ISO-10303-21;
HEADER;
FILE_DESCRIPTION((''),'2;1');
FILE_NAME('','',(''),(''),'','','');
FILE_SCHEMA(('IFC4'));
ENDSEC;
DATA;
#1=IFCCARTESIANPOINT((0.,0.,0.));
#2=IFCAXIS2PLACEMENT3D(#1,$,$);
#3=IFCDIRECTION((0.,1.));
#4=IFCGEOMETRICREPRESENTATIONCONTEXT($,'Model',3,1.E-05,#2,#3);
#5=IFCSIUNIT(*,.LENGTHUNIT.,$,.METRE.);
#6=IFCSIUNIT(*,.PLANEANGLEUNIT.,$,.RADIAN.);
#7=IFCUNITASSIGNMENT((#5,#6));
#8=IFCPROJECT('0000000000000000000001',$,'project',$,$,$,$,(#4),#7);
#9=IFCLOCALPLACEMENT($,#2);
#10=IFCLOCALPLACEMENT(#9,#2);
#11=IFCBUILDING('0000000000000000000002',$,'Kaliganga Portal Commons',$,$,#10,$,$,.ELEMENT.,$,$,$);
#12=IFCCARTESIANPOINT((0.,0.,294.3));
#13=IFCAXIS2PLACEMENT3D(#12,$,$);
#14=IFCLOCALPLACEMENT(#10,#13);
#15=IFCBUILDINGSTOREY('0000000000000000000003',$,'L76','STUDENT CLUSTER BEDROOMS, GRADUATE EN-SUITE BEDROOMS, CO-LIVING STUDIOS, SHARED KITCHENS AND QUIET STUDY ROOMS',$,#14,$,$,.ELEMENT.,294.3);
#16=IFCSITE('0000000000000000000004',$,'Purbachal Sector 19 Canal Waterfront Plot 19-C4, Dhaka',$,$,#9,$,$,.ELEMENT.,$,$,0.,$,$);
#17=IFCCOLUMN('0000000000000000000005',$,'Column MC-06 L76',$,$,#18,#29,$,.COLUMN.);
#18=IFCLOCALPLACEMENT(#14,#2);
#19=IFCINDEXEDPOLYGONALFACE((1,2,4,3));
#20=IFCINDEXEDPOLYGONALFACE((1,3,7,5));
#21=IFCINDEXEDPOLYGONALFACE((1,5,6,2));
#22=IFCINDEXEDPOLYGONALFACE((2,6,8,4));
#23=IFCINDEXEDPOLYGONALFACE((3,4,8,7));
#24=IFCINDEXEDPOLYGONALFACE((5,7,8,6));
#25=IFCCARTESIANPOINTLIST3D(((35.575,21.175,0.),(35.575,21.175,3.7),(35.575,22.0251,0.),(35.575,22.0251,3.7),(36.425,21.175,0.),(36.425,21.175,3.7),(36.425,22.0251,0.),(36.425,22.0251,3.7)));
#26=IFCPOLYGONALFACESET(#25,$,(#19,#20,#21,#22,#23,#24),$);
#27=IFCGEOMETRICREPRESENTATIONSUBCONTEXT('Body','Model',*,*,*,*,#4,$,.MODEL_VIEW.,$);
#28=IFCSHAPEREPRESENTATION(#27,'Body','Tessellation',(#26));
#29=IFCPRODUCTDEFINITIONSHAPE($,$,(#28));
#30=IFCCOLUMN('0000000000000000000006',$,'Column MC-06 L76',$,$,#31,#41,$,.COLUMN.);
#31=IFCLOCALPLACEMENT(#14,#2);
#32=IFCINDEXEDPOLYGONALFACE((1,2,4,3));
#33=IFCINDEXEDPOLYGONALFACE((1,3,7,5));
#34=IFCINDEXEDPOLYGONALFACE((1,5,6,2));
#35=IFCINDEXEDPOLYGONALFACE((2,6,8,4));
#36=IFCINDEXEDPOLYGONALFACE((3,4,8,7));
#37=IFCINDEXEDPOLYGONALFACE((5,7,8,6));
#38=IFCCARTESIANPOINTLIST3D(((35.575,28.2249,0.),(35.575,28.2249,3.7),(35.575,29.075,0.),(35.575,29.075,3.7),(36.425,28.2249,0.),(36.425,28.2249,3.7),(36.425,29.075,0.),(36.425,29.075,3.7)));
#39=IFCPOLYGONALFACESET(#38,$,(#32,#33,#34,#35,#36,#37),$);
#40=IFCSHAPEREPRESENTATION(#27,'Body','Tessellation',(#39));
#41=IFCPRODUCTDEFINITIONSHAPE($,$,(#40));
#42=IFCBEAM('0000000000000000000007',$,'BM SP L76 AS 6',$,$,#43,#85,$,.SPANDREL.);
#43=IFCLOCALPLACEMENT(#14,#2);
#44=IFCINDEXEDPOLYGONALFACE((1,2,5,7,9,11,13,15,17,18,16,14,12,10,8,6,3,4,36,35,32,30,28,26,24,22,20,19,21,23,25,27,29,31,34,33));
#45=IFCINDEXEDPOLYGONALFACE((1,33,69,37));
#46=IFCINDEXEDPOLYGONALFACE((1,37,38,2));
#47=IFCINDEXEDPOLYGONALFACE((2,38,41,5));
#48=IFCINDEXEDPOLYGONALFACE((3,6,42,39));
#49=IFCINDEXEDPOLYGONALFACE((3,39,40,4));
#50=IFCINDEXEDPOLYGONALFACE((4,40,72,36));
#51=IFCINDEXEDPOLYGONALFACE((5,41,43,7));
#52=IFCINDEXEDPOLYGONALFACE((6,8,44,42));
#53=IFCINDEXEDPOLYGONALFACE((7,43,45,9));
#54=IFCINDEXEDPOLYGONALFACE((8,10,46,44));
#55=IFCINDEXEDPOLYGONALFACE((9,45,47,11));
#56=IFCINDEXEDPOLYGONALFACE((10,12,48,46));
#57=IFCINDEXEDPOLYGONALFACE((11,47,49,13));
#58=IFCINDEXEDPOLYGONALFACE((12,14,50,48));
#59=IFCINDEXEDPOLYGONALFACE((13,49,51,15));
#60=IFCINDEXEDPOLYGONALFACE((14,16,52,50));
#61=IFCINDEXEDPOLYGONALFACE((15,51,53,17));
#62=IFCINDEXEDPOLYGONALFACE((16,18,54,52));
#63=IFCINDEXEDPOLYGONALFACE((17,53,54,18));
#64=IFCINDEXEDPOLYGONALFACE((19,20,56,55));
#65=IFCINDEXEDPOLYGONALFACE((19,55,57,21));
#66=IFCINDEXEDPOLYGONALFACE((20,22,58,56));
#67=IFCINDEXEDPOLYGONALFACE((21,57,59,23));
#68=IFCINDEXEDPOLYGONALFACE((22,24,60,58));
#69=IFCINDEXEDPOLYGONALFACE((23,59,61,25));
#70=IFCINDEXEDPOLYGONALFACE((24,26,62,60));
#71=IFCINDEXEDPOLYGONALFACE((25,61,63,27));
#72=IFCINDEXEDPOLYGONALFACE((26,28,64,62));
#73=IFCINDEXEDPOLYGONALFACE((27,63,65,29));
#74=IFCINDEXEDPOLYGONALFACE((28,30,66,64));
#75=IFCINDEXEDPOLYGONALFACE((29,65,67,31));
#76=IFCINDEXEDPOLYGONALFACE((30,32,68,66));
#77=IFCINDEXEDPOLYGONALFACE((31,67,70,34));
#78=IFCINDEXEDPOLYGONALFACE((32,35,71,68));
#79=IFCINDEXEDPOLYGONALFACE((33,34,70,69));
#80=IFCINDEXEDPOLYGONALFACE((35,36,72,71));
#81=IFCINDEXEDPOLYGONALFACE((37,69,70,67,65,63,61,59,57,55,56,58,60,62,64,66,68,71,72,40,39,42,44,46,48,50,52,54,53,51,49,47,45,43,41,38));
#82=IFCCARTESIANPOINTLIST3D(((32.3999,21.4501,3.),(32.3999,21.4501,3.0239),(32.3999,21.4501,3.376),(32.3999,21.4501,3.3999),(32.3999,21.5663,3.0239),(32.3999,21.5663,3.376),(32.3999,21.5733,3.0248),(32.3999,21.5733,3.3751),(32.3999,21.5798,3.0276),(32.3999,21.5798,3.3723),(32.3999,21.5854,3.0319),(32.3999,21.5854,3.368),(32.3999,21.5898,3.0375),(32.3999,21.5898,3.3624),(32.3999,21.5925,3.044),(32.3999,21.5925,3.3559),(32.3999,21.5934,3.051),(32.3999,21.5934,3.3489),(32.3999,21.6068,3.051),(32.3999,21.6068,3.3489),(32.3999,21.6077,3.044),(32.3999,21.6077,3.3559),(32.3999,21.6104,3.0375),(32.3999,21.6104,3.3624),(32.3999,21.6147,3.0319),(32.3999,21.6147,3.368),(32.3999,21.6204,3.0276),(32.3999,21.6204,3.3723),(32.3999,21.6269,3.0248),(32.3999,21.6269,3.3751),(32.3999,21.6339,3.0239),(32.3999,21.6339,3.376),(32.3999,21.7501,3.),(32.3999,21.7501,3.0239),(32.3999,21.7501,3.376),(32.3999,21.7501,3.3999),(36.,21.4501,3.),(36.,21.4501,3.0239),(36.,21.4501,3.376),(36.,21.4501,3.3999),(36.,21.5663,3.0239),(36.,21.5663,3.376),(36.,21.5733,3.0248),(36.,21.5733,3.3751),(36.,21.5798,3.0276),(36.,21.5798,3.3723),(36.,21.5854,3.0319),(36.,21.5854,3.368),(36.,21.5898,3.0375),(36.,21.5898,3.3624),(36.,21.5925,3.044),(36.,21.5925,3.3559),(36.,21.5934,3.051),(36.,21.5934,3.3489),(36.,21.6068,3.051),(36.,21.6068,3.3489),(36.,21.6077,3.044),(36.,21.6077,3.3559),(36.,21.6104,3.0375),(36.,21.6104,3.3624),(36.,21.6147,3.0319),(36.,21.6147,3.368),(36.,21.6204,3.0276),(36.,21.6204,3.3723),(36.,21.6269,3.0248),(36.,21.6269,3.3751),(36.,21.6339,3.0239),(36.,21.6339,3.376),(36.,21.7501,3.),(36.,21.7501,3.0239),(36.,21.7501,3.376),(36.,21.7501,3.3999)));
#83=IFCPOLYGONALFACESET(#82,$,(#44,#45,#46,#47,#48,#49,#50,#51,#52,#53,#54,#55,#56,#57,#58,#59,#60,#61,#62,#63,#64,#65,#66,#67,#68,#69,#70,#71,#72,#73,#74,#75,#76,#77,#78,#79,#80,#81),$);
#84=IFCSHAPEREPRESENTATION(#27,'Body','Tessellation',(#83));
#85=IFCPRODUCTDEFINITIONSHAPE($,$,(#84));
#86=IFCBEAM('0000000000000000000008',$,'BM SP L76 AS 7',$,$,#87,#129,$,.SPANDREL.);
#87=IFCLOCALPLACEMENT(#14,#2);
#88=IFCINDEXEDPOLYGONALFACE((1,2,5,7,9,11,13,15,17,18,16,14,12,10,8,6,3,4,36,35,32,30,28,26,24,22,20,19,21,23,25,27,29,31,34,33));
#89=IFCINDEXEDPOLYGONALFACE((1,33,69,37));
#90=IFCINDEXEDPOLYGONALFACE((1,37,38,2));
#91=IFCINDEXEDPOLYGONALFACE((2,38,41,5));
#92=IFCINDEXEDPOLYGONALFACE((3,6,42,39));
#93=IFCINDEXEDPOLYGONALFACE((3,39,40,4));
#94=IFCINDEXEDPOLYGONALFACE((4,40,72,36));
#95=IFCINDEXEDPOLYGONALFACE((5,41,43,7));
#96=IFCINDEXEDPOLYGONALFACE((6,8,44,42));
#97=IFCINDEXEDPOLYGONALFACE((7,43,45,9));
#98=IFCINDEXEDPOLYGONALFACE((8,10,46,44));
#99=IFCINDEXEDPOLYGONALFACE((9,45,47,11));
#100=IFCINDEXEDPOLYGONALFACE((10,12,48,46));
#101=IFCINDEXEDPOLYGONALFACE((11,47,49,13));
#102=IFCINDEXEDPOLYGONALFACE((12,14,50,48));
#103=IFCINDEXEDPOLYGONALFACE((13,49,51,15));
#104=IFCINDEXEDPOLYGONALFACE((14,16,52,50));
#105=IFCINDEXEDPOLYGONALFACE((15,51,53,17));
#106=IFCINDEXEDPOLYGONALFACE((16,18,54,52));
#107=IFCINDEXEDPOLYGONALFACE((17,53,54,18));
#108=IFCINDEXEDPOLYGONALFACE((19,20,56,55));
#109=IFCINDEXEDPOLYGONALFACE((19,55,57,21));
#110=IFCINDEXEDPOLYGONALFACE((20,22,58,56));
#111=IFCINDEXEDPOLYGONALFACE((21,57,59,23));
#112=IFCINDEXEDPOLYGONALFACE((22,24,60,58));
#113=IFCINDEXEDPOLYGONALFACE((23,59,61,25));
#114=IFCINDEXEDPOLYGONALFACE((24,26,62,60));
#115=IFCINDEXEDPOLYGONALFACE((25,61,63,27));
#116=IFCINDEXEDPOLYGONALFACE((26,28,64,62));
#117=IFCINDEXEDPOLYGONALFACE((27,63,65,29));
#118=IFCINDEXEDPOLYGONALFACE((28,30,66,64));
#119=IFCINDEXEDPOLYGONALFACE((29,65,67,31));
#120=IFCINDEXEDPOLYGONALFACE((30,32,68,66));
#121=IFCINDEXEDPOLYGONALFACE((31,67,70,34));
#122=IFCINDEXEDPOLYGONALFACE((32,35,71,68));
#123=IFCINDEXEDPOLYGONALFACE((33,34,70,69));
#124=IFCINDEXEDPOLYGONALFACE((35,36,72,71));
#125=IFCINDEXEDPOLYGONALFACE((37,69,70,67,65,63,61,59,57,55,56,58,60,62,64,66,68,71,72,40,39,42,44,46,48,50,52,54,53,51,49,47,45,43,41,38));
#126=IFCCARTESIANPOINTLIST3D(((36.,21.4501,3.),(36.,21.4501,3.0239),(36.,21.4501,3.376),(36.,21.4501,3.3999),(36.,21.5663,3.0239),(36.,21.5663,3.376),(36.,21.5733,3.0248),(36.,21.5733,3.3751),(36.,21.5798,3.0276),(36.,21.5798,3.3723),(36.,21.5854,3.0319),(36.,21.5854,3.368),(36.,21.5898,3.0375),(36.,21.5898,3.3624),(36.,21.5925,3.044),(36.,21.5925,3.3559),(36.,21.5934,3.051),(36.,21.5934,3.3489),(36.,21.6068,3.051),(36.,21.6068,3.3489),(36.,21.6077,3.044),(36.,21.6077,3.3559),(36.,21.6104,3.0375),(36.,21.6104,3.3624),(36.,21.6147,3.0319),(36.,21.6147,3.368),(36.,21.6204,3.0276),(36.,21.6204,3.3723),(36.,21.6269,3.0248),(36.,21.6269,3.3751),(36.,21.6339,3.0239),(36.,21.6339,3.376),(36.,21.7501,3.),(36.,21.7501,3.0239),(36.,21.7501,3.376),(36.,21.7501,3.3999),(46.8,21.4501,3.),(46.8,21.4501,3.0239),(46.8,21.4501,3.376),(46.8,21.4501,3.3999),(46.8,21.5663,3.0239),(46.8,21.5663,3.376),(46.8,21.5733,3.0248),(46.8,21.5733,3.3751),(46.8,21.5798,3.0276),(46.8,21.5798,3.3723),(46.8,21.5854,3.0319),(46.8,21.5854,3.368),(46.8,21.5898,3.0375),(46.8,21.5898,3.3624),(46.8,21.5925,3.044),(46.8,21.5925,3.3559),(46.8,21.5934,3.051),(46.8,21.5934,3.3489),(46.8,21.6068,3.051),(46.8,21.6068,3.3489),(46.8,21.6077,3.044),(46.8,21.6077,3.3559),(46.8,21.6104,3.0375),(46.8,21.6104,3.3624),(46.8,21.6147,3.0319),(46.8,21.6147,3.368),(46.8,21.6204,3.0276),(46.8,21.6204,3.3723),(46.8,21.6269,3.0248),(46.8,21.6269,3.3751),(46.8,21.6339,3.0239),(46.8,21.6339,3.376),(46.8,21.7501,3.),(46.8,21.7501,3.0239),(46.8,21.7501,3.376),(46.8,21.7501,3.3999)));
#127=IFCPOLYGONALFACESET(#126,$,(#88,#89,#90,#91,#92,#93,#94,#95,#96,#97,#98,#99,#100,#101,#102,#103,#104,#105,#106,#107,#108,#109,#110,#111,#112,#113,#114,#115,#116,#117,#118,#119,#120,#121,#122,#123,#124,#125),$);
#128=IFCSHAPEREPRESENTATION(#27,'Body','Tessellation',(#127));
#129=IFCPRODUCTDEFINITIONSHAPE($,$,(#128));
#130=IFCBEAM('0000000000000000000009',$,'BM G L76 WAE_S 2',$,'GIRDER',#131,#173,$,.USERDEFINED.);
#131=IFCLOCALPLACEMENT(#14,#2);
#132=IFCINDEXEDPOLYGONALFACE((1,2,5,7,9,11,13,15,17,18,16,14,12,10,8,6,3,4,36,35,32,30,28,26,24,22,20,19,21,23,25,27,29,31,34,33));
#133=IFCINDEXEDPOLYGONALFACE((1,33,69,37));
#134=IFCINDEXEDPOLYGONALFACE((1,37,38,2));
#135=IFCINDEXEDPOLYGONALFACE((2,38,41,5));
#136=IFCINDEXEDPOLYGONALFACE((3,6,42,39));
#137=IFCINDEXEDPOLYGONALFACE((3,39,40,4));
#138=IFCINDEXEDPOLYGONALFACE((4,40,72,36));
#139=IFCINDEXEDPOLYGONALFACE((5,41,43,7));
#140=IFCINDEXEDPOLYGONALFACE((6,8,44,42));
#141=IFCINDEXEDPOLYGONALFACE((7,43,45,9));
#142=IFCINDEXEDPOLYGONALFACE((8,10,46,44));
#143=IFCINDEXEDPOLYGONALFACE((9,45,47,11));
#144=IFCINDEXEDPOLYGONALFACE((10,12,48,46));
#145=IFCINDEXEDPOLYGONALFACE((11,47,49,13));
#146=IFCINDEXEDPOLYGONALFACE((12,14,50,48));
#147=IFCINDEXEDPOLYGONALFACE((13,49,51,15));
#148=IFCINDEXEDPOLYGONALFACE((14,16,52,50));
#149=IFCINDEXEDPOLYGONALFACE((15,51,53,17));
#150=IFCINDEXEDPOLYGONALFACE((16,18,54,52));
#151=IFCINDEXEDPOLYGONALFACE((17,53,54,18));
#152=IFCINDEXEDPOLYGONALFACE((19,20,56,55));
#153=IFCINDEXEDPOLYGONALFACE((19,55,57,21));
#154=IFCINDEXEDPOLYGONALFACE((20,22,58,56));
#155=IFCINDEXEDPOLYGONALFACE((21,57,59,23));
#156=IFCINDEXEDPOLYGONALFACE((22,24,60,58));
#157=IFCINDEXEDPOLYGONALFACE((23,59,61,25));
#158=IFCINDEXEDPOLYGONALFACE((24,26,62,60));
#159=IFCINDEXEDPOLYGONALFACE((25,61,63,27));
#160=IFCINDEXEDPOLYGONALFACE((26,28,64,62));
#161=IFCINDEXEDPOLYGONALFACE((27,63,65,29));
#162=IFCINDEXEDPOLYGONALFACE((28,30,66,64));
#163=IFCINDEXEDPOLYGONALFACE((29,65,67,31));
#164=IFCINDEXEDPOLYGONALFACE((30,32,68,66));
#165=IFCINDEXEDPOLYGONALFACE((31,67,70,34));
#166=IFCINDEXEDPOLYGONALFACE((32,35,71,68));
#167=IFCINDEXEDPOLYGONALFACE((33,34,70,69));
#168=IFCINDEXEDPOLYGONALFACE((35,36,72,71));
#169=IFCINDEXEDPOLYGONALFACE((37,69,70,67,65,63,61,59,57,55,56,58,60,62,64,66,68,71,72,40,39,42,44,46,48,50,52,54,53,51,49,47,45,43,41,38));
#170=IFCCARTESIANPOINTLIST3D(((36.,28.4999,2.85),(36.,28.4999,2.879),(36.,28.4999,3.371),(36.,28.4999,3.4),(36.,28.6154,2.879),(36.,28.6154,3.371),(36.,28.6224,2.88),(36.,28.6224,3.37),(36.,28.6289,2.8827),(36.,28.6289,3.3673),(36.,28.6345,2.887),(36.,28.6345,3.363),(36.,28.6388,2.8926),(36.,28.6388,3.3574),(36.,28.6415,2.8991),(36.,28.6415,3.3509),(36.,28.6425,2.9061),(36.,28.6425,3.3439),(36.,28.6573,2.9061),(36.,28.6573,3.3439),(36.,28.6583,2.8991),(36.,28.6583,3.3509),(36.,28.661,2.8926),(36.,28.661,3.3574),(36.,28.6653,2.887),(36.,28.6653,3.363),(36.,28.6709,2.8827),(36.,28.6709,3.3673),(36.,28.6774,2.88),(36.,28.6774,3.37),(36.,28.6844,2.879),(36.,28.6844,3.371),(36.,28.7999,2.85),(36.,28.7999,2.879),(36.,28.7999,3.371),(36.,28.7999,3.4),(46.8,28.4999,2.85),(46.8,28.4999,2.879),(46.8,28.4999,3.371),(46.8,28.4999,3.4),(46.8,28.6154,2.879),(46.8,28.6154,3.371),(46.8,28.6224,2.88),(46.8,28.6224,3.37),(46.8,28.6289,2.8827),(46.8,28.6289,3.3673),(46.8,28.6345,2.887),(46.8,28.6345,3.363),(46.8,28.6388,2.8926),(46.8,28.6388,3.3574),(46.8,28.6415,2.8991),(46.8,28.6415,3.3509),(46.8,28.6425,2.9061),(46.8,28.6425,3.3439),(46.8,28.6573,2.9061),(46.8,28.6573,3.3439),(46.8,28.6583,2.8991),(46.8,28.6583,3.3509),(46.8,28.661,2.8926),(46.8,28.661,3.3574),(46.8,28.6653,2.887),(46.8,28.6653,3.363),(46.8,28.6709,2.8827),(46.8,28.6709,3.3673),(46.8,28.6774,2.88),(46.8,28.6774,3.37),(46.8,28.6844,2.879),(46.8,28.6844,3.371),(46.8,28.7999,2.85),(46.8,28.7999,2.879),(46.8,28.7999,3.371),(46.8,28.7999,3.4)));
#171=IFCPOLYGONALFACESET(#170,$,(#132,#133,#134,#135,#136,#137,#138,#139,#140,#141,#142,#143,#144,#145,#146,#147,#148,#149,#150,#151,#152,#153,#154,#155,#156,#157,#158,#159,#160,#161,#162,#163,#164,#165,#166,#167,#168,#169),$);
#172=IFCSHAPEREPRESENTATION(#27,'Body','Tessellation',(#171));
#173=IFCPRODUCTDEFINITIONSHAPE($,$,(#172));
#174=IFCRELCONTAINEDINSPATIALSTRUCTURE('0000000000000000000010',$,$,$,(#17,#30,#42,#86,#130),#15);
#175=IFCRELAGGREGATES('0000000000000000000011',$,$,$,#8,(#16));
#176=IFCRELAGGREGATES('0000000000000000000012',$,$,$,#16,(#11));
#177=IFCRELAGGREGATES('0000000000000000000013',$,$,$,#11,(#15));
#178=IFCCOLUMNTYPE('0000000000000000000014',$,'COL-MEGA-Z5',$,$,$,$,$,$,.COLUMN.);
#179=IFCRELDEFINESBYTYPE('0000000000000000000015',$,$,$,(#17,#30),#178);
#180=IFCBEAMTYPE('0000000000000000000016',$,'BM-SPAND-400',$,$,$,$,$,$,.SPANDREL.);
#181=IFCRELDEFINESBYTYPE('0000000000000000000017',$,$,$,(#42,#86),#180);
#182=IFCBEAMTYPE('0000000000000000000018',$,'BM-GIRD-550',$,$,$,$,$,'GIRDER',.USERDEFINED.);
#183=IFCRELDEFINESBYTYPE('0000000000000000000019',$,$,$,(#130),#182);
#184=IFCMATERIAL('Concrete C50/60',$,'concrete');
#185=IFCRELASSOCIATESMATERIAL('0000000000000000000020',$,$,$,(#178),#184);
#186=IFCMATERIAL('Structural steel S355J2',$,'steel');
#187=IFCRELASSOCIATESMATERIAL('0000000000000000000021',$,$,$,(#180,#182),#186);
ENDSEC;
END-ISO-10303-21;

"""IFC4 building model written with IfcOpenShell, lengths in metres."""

from ifc_helpers import new_model, si_unit, direction, frame, origin, origin_2d, place, context, subcontext, project, spatial, rectangle, i_section, extrude, source, transform, mapped, material, material_profile, profile_set, type_object, element, save


model = new_model("IFC4")

# Units and contexts
model_context = context("Model", 3, precision=1e-05, world=origin(), true_north=direction((0.0, 1.0)))
body_context = subcontext(model_context, "Body", "Model", "MODEL_VIEW")
ifc_project = project(units=[si_unit("LENGTHUNIT", "METRE"), si_unit("PLANEANGLEUNIT", "RADIAN")], contexts=[model_context])

# Site, building, storey
site_placement = place(None, origin())
site = spatial("IfcSite", under=ifc_project, at=site_placement, Name="Purbachal Sector 19 Canal Waterfront Plot 19-C4, Dhaka", CompositionType="ELEMENT", RefElevation=0.0)
building_placement = place(site_placement, origin())
building = spatial("IfcBuilding", under=site, at=building_placement, Name="Kaliganga Portal Commons", CompositionType="ELEMENT")
storey_placement = place(building_placement, frame((0.0, 0.0, 294.3)))
storey = spatial("IfcBuildingStorey", under=building, at=storey_placement, Name="L76", Description="STUDENT CLUSTER BEDROOMS, GRADUATE EN-SUITE BEDROOMS, CO-LIVING STUDIOS, SHARED KITCHENS AND QUIET STUDY ROOMS", CompositionType="ELEMENT", Elevation=294.3)

# Columns
ifc_material_1 = material(Name="Concrete C50/60", Category="concrete")
ifc_material_profile_1 = material_profile(ifc_material_1, rectangle(XDim=0.8501, YDim=0.8501, at=origin_2d()), Name="RC 850x850")
ifc_profile_set_1 = profile_set([ifc_material_profile_1], Name="Concrete C50/60")
column_type = type_object("IfcColumnType", Name="COL-MEGA-Z5", PredefinedType="COLUMN", material=ifc_profile_set_1)
shared_shape_1 = source(origin(), body_context, "Body", "SweptSolid", [
    extrude(rectangle(XDim=0.8501, YDim=0.8501, at=origin_2d()), origin(), (0.0, 0.0, 1.0), 3.7),
])
for number, where, z_axis, x_axis, name in (
    (1, (36.0, 21.6001, 0.0), (0.0, 0.0, 1.0), (1.0, 0.0, 0.0), "Column MC-06 L76"),
    (2, (36.0, 28.6499, 0.0), (0.0, 0.0, 1.0), (1.0, 0.0, 0.0), "Column MC-06 L76"),
):
    element("IfcColumn", number, at=place(storey_placement, frame(where, z_axis=z_axis, x_axis=x_axis)), inside=storey, type_object=column_type, Name=name, PredefinedType="COLUMN", context=body_context, shape_type="MappedRepresentation", body=[
        mapped(shared_shape_1, transform((0.0, 0.0, 0.0), x_axis=(1.0, 0.0, 0.0), y_axis=(0.0, 1.0, 0.0), z_axis=(0.0, 0.0, 1.0), scale=1.0)),
    ])

# Beams
ifc_material_2 = material(Name="Structural steel S355J2", Category="steel")
ifc_material_profile_2 = material_profile(ifc_material_2, i_section(OverallWidth=0.3, OverallDepth=0.3999, WebThickness=0.0134, FlangeThickness=0.0239, FilletRadius=0.0271, at=origin_2d()), Name="HE 400 B")
ifc_profile_set_2 = profile_set([ifc_material_profile_2], Name="Structural steel S355J2 wide-flange")
beam_type_1 = type_object("IfcBeamType", Name="BM-SPAND-400", PredefinedType="SPANDREL", material=ifc_profile_set_2)
shared_shape_2 = source(origin(), body_context, "Body", "SweptSolid", [
    extrude(i_section(OverallWidth=0.3, OverallDepth=0.3999, WebThickness=0.0134, FlangeThickness=0.0239, FilletRadius=0.0271, at=origin_2d()), origin(), (0.0, 0.0, 1.0), 3.6001),
])
beam_1_placement = place(storey_placement, frame((32.3999, 21.6001, 3.2), z_axis=(1.0, 0.0, 0.0), x_axis=(0.0, 1.0, 0.0)))
element("IfcBeam", 3, at=beam_1_placement, inside=storey, type_object=beam_type_1, Name="BM SP L76 AS 6", PredefinedType="SPANDREL", context=body_context, shape_type="MappedRepresentation", body=[
    mapped(shared_shape_2, transform((0.0, 0.0, 0.0), x_axis=(1.0, 0.0, 0.0), y_axis=(0.0, 1.0, 0.0), z_axis=(0.0, 0.0, 1.0), scale=1.0)),
])
shared_shape_3 = source(origin(), body_context, "Body", "SweptSolid", [
    extrude(i_section(OverallWidth=0.3, OverallDepth=0.3999, WebThickness=0.0134, FlangeThickness=0.0239, FilletRadius=0.0271, at=origin_2d()), origin(), (0.0, 0.0, 1.0), 10.8),
])
beam_2_placement = place(storey_placement, frame((36.0, 21.6001, 3.2), z_axis=(1.0, 0.0, 0.0), x_axis=(0.0, 1.0, 0.0)))
element("IfcBeam", 4, at=beam_2_placement, inside=storey, type_object=beam_type_1, Name="BM SP L76 AS 7", PredefinedType="SPANDREL", context=body_context, shape_type="MappedRepresentation", body=[
    mapped(shared_shape_3, transform((0.0, 0.0, 0.0), x_axis=(1.0, 0.0, 0.0), y_axis=(0.0, 1.0, 0.0), z_axis=(0.0, 0.0, 1.0), scale=1.0)),
])
ifc_material_profile_3 = material_profile(ifc_material_2, i_section(OverallWidth=0.3, OverallDepth=0.55, WebThickness=0.0149, FlangeThickness=0.0291, FilletRadius=0.0271, at=origin_2d()), Name="HE 550 B")
ifc_profile_set_3 = profile_set([ifc_material_profile_3], Name="Structural steel S355J2 wide-flange")
beam_type_2 = type_object("IfcBeamType", Name="BM-GIRD-550", ElementType="GIRDER", PredefinedType="USERDEFINED", material=ifc_profile_set_3)
shared_shape_4 = source(origin(), body_context, "Body", "SweptSolid", [
    extrude(i_section(OverallWidth=0.3, OverallDepth=0.55, WebThickness=0.0149, FlangeThickness=0.0291, FilletRadius=0.0271, at=origin_2d()), origin(), (0.0, 0.0, 1.0), 10.8),
])
beam_3_placement = place(storey_placement, frame((36.0, 28.6499, 3.125), z_axis=(1.0, 0.0, 0.0), x_axis=(0.0, 1.0, 0.0)))
element("IfcBeam", 5, at=beam_3_placement, inside=storey, type_object=beam_type_2, Name="BM G L76 WAE_S 2", ObjectType="GIRDER", PredefinedType="USERDEFINED", context=body_context, shape_type="MappedRepresentation", body=[
    mapped(shared_shape_4, transform((0.0, 0.0, 0.0), x_axis=(1.0, 0.0, 0.0), y_axis=(0.0, 1.0, 0.0), z_axis=(0.0, 0.0, 1.0), scale=1.0)),
])

save(model, "model.ifc")
